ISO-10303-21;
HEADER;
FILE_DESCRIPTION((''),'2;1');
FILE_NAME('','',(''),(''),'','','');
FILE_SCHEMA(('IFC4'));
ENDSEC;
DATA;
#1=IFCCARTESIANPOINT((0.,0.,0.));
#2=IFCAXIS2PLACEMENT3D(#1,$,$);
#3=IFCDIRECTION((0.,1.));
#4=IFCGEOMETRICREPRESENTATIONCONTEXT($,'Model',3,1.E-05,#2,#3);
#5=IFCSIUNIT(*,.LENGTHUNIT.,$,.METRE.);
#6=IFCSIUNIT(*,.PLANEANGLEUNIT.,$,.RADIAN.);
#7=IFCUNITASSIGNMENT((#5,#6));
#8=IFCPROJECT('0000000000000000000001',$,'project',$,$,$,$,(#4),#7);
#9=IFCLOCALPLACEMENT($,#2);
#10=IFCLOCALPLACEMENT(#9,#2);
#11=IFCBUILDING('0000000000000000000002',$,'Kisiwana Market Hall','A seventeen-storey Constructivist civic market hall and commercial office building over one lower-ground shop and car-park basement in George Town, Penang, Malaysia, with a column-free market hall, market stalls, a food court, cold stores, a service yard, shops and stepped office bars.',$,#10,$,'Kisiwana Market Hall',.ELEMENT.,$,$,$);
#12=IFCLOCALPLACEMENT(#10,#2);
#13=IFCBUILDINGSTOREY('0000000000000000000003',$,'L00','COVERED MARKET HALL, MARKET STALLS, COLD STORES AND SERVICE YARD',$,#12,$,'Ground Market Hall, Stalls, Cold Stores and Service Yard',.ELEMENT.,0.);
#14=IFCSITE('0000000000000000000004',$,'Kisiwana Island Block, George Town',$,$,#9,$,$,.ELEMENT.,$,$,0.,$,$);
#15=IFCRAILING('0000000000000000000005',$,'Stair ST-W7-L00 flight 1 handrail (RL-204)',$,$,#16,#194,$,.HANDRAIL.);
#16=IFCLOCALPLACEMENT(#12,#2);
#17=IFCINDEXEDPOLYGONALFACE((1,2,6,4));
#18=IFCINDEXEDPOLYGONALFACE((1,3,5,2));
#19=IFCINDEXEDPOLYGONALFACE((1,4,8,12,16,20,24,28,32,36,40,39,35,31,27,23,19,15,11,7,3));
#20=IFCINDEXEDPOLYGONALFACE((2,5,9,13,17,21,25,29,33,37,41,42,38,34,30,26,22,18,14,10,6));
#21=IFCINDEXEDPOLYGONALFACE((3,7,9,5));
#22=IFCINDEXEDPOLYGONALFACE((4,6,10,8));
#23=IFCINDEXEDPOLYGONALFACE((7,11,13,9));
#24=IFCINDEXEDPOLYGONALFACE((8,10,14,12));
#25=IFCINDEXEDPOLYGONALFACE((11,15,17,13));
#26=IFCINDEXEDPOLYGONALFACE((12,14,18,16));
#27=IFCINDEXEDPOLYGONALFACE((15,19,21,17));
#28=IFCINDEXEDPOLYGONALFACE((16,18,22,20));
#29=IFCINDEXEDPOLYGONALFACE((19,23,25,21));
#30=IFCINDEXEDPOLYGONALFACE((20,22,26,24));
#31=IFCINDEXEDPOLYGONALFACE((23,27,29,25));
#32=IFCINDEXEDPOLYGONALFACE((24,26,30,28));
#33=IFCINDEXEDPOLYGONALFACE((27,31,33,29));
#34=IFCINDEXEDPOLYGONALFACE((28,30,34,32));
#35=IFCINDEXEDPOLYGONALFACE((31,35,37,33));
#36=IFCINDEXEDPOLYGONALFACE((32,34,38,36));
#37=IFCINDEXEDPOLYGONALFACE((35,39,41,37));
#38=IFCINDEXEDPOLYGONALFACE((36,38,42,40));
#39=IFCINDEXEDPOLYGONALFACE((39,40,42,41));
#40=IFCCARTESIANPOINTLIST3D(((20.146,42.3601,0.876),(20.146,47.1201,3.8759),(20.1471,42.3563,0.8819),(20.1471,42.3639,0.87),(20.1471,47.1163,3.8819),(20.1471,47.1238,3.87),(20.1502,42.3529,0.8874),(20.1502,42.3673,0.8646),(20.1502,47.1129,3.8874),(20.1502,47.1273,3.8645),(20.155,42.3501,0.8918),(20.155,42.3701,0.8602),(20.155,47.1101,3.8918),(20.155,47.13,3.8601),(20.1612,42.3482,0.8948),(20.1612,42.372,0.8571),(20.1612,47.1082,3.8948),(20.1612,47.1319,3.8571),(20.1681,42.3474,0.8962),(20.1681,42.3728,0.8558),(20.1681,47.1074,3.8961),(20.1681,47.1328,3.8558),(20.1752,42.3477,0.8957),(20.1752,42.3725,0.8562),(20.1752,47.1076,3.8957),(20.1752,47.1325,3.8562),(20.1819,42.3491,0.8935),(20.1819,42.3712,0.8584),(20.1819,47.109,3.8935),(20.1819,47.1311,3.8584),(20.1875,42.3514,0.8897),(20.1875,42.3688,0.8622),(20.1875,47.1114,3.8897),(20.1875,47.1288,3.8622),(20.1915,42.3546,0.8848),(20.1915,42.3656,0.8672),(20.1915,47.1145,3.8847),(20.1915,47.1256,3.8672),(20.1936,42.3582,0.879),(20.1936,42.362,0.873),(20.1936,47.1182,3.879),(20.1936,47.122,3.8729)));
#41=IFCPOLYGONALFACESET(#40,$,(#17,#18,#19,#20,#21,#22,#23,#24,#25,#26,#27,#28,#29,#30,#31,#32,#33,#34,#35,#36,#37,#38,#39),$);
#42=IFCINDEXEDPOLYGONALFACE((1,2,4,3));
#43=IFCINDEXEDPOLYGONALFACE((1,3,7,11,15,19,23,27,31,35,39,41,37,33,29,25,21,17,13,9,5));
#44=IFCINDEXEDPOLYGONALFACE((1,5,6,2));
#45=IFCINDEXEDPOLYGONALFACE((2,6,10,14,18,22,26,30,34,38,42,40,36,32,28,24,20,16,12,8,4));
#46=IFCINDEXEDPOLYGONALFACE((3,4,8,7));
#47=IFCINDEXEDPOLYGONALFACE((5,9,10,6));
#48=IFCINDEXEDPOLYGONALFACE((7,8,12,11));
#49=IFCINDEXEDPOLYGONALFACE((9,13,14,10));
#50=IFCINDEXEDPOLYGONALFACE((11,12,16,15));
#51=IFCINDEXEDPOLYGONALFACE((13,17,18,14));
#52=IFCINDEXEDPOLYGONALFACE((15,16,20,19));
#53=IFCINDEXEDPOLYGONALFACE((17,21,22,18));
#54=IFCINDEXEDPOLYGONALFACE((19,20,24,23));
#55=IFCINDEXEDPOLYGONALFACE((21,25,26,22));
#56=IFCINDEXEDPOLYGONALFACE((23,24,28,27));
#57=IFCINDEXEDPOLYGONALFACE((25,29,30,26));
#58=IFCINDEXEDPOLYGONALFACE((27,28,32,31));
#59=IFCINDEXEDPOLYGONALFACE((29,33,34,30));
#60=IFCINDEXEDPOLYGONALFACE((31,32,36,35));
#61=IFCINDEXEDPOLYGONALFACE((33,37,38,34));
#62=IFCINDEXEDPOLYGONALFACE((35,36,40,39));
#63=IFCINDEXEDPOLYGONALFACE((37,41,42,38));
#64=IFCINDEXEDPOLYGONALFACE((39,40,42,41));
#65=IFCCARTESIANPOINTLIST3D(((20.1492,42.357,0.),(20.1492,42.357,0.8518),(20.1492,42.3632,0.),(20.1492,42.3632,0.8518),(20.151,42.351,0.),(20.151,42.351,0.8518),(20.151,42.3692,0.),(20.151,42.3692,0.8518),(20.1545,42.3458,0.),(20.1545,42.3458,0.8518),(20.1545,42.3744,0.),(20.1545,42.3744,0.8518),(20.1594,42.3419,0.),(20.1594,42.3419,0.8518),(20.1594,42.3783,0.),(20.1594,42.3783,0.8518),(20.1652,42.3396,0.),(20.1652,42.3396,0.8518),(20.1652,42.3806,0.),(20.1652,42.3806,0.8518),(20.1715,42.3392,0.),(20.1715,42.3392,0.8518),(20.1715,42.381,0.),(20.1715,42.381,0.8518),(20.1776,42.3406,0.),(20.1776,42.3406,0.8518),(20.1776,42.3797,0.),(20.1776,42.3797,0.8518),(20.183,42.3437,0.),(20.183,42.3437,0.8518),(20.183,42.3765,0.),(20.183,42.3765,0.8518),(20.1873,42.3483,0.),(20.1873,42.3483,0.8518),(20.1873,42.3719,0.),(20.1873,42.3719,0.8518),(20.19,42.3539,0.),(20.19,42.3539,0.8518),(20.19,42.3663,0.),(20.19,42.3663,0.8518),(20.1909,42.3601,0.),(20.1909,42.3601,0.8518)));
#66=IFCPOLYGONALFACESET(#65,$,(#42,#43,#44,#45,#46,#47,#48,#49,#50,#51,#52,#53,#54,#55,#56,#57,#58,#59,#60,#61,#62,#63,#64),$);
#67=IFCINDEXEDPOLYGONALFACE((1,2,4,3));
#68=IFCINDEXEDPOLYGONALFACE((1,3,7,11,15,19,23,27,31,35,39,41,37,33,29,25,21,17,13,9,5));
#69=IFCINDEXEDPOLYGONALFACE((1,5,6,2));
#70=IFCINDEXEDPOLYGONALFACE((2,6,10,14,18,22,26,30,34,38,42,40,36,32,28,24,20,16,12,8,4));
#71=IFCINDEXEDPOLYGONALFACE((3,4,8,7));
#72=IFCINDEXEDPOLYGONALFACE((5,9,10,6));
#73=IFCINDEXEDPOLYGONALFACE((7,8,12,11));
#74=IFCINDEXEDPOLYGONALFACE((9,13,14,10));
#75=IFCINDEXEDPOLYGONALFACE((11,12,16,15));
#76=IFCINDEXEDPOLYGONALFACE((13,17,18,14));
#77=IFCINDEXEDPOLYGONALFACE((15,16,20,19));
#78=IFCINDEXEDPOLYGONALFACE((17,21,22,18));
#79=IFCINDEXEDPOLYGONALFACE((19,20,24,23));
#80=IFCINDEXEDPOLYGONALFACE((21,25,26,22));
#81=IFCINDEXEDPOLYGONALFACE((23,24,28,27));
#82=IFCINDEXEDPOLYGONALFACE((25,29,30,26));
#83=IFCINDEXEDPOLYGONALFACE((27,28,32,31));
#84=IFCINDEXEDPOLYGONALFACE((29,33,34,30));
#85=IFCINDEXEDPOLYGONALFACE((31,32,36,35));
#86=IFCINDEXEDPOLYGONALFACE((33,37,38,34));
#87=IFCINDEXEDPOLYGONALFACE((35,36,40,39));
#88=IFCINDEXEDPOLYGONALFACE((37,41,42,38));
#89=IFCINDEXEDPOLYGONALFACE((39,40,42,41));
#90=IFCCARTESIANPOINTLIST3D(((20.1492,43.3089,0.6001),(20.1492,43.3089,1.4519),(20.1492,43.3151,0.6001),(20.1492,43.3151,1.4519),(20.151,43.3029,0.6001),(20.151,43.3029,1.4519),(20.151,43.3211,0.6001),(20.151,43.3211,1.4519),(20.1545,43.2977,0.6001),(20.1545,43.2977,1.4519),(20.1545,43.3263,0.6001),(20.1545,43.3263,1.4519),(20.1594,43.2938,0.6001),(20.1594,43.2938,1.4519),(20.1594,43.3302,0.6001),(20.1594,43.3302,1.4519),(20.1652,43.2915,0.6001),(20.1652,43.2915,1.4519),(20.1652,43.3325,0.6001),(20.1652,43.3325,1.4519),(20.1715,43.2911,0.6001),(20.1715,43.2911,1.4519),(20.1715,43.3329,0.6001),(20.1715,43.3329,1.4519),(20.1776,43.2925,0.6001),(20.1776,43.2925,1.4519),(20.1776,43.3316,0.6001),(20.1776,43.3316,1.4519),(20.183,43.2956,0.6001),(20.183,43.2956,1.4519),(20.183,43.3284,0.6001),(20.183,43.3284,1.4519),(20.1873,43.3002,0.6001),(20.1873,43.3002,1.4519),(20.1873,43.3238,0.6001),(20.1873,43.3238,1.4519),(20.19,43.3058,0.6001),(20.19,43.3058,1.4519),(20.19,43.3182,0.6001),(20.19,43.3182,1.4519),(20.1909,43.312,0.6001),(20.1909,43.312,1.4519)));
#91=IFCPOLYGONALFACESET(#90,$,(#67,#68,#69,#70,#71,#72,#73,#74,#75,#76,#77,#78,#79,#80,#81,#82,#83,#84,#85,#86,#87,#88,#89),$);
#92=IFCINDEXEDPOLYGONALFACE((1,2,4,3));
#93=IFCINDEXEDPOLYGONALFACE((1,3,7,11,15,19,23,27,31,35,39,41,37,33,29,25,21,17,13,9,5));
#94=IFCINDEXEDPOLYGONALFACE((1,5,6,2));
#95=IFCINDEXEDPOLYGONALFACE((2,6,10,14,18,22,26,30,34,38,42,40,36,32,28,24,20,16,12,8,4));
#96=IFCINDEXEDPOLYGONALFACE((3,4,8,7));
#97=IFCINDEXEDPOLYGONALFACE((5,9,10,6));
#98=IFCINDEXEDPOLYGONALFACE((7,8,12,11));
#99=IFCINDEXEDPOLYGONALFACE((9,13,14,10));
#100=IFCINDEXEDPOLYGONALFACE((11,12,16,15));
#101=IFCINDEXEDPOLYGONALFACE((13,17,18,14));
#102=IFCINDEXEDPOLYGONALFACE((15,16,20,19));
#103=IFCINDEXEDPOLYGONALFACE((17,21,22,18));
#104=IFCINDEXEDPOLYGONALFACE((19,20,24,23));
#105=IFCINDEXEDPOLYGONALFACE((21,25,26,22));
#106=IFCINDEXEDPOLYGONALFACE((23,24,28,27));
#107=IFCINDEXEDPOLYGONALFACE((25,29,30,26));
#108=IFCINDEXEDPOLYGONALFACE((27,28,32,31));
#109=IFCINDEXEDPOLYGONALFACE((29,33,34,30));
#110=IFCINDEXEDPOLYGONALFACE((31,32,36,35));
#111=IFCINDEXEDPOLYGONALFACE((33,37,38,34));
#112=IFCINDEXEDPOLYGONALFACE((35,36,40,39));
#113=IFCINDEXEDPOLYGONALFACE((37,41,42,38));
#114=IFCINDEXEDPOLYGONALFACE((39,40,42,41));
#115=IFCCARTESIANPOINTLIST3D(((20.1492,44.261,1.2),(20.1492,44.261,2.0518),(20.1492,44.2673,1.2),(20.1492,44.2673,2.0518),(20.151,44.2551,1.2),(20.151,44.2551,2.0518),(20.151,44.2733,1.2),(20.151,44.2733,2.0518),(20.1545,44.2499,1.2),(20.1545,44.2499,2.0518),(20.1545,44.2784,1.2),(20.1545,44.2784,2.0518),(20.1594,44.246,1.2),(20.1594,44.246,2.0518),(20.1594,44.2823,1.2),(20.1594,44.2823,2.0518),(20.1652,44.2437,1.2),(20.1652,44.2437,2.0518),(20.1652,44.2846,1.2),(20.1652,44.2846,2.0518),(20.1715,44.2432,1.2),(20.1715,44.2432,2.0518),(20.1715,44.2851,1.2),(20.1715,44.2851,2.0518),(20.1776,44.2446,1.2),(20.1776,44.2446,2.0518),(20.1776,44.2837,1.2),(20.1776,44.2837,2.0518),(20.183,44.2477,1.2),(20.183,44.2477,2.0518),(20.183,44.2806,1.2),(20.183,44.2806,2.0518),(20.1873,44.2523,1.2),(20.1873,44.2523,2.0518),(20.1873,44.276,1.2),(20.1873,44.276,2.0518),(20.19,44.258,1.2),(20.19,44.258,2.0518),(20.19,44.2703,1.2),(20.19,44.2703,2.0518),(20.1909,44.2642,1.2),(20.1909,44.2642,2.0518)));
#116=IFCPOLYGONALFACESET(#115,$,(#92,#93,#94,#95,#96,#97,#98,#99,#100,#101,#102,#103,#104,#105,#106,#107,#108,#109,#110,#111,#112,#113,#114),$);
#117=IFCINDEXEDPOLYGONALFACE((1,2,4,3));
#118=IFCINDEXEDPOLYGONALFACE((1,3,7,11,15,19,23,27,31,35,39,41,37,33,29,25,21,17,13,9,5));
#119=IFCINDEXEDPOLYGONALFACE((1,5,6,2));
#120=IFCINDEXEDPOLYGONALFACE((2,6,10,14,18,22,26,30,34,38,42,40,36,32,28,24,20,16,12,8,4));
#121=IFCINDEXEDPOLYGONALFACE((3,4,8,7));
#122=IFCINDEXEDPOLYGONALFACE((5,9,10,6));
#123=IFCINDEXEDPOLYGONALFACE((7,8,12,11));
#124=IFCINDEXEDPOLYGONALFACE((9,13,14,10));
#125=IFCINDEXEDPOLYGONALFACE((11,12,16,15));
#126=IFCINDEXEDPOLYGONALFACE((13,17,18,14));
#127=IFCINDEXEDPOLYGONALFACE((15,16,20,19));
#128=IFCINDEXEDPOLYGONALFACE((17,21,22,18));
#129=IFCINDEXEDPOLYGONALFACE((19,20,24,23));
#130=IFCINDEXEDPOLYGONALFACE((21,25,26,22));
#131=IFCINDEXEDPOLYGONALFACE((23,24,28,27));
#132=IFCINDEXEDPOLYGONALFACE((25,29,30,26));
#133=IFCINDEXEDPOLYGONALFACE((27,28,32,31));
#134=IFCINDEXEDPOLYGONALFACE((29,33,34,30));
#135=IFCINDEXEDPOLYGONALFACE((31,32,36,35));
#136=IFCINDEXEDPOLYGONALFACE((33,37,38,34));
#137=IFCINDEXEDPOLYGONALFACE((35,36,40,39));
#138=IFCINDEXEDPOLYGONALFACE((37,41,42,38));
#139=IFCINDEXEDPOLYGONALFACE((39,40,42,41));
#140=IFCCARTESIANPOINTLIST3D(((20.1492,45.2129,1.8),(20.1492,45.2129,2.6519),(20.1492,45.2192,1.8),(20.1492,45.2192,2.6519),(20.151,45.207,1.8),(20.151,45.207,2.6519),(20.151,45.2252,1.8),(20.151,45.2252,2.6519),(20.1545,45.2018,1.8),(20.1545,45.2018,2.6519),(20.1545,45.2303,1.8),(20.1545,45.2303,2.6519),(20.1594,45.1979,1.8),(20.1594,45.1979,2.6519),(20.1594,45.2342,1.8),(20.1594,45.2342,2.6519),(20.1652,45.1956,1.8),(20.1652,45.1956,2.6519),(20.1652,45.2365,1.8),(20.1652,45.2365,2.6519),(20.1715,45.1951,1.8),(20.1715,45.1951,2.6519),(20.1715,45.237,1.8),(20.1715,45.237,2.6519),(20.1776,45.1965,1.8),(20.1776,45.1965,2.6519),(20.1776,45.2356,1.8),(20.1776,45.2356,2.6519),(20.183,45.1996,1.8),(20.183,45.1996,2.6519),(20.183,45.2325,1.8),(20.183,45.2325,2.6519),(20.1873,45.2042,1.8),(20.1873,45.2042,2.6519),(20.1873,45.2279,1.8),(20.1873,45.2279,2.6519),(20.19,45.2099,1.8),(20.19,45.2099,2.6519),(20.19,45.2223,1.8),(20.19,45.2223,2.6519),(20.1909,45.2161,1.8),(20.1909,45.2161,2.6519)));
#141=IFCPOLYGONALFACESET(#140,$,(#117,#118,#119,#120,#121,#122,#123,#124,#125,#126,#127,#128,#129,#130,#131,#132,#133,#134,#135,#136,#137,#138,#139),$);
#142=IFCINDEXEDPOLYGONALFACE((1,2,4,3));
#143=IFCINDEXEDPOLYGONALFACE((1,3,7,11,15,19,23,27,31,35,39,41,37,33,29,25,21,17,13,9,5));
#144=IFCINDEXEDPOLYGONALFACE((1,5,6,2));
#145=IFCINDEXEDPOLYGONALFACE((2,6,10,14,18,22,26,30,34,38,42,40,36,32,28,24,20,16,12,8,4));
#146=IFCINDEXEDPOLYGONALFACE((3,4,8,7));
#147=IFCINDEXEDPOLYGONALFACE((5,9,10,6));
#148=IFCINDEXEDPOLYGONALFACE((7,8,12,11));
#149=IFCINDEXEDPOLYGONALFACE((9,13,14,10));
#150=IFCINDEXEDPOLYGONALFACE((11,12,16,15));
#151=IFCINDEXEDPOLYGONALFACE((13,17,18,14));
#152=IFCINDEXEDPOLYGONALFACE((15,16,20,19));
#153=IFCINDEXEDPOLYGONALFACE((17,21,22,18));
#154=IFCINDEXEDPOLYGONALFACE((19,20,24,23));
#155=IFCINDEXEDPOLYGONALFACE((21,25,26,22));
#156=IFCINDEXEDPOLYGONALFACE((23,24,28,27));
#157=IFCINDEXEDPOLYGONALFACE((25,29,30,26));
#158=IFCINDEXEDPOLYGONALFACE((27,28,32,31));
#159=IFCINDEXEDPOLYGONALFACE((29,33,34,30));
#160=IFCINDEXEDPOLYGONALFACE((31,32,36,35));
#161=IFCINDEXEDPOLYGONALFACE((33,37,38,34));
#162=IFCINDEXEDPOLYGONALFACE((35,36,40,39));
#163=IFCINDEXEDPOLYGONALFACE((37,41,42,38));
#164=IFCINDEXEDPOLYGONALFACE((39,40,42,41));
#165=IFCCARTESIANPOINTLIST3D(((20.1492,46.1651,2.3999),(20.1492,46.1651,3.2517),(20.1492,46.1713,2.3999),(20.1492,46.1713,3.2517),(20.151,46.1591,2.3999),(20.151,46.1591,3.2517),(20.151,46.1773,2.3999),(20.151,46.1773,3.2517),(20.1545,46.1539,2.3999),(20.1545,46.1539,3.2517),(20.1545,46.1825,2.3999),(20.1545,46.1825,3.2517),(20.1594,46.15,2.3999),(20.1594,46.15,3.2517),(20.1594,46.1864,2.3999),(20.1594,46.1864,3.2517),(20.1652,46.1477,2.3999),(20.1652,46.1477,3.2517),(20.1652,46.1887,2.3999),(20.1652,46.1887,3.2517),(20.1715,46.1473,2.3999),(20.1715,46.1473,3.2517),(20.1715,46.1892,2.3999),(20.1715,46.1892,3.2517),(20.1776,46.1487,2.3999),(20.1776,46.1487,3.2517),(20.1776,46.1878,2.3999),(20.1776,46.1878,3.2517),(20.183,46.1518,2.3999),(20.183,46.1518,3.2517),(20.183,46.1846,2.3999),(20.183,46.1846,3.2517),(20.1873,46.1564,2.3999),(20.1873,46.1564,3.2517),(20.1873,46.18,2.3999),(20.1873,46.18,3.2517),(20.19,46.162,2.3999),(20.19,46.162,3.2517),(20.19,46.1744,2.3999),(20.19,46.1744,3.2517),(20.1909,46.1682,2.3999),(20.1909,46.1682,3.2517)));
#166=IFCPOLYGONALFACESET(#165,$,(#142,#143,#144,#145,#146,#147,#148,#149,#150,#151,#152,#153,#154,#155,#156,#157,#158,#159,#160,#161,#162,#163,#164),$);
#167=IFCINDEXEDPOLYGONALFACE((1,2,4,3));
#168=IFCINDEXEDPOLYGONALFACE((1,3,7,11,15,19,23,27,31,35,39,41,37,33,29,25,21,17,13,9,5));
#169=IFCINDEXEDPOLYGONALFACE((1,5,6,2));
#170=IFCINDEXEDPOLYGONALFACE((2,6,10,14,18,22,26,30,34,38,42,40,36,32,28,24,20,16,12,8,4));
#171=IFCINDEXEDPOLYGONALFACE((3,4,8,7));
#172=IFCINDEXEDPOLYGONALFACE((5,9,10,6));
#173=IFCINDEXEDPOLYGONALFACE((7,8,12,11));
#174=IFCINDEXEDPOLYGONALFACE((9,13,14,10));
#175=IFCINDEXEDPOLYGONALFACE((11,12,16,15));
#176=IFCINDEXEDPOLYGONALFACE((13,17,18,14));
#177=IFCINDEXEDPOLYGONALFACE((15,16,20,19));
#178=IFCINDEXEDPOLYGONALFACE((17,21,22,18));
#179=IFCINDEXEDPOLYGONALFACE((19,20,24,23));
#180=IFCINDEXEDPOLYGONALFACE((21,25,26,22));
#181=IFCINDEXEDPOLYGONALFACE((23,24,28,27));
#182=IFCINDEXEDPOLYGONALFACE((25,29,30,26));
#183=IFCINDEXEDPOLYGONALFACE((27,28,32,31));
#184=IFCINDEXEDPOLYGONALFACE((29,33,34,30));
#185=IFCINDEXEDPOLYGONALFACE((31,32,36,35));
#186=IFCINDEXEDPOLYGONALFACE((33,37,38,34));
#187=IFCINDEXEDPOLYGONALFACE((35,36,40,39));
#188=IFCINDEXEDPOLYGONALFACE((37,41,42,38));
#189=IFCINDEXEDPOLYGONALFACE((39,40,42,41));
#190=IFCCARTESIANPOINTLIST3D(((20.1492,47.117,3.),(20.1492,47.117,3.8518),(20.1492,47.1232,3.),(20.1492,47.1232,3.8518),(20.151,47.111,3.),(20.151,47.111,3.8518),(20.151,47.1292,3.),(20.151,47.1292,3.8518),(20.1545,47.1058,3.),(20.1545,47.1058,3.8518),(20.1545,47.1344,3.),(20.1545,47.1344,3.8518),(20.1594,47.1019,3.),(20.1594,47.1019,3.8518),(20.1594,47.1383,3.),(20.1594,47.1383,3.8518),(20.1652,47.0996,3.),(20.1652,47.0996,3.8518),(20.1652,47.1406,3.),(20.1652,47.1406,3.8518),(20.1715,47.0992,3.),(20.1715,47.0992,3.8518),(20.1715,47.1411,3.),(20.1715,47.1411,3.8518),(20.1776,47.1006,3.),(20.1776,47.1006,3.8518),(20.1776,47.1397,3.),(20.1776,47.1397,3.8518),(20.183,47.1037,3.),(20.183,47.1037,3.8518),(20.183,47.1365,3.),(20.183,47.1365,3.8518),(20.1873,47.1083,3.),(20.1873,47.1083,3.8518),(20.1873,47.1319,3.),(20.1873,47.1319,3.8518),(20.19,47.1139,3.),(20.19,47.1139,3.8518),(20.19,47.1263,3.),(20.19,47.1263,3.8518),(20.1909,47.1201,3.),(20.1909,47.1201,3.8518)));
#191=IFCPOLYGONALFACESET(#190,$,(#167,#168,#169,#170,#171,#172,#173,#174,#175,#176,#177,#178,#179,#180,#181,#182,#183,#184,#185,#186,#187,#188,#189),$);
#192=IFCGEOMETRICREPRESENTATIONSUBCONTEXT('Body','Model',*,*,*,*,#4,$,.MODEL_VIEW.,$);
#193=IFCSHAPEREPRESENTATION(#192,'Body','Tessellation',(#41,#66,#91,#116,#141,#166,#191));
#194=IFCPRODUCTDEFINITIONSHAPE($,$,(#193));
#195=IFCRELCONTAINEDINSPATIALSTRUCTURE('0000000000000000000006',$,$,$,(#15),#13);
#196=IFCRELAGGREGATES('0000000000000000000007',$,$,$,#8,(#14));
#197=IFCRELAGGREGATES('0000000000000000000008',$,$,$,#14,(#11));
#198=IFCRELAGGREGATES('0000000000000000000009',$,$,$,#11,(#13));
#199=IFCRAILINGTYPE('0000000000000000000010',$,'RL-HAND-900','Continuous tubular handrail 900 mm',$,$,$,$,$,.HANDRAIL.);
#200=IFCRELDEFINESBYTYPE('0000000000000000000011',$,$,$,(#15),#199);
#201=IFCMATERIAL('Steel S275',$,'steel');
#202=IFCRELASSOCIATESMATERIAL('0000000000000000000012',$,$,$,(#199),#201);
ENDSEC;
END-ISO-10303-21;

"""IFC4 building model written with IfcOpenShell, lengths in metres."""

from ifc_helpers import new_model, si_unit, direction, frame, origin, origin_2d, place, context, subcontext, project, spatial, circle, extrude, material, type_object, element, save


model = new_model("IFC4")

# Units and contexts
model_context = context("Model", 3, precision=1e-05, world=origin(), true_north=direction((0.0, 1.0)))
body_context = subcontext(model_context, "Body", "Model", "MODEL_VIEW")
ifc_project = project(units=[si_unit("LENGTHUNIT", "METRE"), si_unit("PLANEANGLEUNIT", "RADIAN")], contexts=[model_context])

# Site, building, storey
site_placement = place(None, origin())
site = spatial("IfcSite", under=ifc_project, at=site_placement, Name="Kisiwana Island Block, George Town", CompositionType="ELEMENT", RefElevation=0.0)
building_placement = place(site_placement, origin())
building = spatial("IfcBuilding", under=site, at=building_placement, Name="Kisiwana Market Hall", Description="A seventeen-storey Constructivist civic market hall and commercial office building over one lower-ground shop and car-park basement in George Town, Penang, Malaysia, with a column-free market hall, market stalls, a food court, cold stores, a service yard, shops and stepped office bars.", LongName="Kisiwana Market Hall", CompositionType="ELEMENT")
storey_placement = place(building_placement, origin())
storey = spatial("IfcBuildingStorey", under=building, at=storey_placement, Name="L00", Description="COVERED MARKET HALL, MARKET STALLS, COLD STORES AND SERVICE YARD", LongName="Ground Market Hall, Stalls, Cold Stores and Service Yard", CompositionType="ELEMENT", Elevation=0.0)

# Railing
ifc_material_1 = material(Name="Steel S275", Category="steel")
railing_type_1 = type_object("IfcRailingType", Name="RL-HAND-900", Description="Continuous tubular handrail 900 mm", PredefinedType="HANDRAIL", material=ifc_material_1)
railing_1_placement = place(storey_placement, frame((20.1699, 42.3601, 0.0)))
element("IfcRailing", 1, at=railing_1_placement, inside=storey, type_object=railing_type_1, Name="Stair ST-W7-L00 flight 1 handrail (RL-204)", PredefinedType="HANDRAIL", context=body_context, shape_type="SweptSolid", body=[
    extrude(circle(Radius=0.0239, at=origin_2d()), frame((0.0, 0.0, 0.876), z_axis=(0.0, 0.845996, 0.53319), x_axis=(-1.0, 0.0, 0.0)), (0.0, 0.0, 1.0), 5.6265),
    extrude(circle(Radius=0.021, at=origin_2d()), origin(), (0.0, 0.0, 1.0), 0.8518),
    extrude(circle(Radius=0.021, at=origin_2d()), frame((0.0, 0.9519, 0.6001)), (0.0, 0.0, 1.0), 0.8518),
    extrude(circle(Radius=0.021, at=origin_2d()), frame((0.0, 1.9041, 1.2)), (0.0, 0.0, 1.0), 0.8518),
    extrude(circle(Radius=0.021, at=origin_2d()), frame((0.0, 2.856, 1.8)), (0.0, 0.0, 1.0), 0.8518),
    extrude(circle(Radius=0.021, at=origin_2d()), frame((0.0, 3.8081, 2.3999)), (0.0, 0.0, 1.0), 0.8518),
    extrude(circle(Radius=0.021, at=origin_2d()), frame((0.0, 4.76, 3.0)), (0.0, 0.0, 1.0), 0.8518),
])

save(model, "model.ifc")
